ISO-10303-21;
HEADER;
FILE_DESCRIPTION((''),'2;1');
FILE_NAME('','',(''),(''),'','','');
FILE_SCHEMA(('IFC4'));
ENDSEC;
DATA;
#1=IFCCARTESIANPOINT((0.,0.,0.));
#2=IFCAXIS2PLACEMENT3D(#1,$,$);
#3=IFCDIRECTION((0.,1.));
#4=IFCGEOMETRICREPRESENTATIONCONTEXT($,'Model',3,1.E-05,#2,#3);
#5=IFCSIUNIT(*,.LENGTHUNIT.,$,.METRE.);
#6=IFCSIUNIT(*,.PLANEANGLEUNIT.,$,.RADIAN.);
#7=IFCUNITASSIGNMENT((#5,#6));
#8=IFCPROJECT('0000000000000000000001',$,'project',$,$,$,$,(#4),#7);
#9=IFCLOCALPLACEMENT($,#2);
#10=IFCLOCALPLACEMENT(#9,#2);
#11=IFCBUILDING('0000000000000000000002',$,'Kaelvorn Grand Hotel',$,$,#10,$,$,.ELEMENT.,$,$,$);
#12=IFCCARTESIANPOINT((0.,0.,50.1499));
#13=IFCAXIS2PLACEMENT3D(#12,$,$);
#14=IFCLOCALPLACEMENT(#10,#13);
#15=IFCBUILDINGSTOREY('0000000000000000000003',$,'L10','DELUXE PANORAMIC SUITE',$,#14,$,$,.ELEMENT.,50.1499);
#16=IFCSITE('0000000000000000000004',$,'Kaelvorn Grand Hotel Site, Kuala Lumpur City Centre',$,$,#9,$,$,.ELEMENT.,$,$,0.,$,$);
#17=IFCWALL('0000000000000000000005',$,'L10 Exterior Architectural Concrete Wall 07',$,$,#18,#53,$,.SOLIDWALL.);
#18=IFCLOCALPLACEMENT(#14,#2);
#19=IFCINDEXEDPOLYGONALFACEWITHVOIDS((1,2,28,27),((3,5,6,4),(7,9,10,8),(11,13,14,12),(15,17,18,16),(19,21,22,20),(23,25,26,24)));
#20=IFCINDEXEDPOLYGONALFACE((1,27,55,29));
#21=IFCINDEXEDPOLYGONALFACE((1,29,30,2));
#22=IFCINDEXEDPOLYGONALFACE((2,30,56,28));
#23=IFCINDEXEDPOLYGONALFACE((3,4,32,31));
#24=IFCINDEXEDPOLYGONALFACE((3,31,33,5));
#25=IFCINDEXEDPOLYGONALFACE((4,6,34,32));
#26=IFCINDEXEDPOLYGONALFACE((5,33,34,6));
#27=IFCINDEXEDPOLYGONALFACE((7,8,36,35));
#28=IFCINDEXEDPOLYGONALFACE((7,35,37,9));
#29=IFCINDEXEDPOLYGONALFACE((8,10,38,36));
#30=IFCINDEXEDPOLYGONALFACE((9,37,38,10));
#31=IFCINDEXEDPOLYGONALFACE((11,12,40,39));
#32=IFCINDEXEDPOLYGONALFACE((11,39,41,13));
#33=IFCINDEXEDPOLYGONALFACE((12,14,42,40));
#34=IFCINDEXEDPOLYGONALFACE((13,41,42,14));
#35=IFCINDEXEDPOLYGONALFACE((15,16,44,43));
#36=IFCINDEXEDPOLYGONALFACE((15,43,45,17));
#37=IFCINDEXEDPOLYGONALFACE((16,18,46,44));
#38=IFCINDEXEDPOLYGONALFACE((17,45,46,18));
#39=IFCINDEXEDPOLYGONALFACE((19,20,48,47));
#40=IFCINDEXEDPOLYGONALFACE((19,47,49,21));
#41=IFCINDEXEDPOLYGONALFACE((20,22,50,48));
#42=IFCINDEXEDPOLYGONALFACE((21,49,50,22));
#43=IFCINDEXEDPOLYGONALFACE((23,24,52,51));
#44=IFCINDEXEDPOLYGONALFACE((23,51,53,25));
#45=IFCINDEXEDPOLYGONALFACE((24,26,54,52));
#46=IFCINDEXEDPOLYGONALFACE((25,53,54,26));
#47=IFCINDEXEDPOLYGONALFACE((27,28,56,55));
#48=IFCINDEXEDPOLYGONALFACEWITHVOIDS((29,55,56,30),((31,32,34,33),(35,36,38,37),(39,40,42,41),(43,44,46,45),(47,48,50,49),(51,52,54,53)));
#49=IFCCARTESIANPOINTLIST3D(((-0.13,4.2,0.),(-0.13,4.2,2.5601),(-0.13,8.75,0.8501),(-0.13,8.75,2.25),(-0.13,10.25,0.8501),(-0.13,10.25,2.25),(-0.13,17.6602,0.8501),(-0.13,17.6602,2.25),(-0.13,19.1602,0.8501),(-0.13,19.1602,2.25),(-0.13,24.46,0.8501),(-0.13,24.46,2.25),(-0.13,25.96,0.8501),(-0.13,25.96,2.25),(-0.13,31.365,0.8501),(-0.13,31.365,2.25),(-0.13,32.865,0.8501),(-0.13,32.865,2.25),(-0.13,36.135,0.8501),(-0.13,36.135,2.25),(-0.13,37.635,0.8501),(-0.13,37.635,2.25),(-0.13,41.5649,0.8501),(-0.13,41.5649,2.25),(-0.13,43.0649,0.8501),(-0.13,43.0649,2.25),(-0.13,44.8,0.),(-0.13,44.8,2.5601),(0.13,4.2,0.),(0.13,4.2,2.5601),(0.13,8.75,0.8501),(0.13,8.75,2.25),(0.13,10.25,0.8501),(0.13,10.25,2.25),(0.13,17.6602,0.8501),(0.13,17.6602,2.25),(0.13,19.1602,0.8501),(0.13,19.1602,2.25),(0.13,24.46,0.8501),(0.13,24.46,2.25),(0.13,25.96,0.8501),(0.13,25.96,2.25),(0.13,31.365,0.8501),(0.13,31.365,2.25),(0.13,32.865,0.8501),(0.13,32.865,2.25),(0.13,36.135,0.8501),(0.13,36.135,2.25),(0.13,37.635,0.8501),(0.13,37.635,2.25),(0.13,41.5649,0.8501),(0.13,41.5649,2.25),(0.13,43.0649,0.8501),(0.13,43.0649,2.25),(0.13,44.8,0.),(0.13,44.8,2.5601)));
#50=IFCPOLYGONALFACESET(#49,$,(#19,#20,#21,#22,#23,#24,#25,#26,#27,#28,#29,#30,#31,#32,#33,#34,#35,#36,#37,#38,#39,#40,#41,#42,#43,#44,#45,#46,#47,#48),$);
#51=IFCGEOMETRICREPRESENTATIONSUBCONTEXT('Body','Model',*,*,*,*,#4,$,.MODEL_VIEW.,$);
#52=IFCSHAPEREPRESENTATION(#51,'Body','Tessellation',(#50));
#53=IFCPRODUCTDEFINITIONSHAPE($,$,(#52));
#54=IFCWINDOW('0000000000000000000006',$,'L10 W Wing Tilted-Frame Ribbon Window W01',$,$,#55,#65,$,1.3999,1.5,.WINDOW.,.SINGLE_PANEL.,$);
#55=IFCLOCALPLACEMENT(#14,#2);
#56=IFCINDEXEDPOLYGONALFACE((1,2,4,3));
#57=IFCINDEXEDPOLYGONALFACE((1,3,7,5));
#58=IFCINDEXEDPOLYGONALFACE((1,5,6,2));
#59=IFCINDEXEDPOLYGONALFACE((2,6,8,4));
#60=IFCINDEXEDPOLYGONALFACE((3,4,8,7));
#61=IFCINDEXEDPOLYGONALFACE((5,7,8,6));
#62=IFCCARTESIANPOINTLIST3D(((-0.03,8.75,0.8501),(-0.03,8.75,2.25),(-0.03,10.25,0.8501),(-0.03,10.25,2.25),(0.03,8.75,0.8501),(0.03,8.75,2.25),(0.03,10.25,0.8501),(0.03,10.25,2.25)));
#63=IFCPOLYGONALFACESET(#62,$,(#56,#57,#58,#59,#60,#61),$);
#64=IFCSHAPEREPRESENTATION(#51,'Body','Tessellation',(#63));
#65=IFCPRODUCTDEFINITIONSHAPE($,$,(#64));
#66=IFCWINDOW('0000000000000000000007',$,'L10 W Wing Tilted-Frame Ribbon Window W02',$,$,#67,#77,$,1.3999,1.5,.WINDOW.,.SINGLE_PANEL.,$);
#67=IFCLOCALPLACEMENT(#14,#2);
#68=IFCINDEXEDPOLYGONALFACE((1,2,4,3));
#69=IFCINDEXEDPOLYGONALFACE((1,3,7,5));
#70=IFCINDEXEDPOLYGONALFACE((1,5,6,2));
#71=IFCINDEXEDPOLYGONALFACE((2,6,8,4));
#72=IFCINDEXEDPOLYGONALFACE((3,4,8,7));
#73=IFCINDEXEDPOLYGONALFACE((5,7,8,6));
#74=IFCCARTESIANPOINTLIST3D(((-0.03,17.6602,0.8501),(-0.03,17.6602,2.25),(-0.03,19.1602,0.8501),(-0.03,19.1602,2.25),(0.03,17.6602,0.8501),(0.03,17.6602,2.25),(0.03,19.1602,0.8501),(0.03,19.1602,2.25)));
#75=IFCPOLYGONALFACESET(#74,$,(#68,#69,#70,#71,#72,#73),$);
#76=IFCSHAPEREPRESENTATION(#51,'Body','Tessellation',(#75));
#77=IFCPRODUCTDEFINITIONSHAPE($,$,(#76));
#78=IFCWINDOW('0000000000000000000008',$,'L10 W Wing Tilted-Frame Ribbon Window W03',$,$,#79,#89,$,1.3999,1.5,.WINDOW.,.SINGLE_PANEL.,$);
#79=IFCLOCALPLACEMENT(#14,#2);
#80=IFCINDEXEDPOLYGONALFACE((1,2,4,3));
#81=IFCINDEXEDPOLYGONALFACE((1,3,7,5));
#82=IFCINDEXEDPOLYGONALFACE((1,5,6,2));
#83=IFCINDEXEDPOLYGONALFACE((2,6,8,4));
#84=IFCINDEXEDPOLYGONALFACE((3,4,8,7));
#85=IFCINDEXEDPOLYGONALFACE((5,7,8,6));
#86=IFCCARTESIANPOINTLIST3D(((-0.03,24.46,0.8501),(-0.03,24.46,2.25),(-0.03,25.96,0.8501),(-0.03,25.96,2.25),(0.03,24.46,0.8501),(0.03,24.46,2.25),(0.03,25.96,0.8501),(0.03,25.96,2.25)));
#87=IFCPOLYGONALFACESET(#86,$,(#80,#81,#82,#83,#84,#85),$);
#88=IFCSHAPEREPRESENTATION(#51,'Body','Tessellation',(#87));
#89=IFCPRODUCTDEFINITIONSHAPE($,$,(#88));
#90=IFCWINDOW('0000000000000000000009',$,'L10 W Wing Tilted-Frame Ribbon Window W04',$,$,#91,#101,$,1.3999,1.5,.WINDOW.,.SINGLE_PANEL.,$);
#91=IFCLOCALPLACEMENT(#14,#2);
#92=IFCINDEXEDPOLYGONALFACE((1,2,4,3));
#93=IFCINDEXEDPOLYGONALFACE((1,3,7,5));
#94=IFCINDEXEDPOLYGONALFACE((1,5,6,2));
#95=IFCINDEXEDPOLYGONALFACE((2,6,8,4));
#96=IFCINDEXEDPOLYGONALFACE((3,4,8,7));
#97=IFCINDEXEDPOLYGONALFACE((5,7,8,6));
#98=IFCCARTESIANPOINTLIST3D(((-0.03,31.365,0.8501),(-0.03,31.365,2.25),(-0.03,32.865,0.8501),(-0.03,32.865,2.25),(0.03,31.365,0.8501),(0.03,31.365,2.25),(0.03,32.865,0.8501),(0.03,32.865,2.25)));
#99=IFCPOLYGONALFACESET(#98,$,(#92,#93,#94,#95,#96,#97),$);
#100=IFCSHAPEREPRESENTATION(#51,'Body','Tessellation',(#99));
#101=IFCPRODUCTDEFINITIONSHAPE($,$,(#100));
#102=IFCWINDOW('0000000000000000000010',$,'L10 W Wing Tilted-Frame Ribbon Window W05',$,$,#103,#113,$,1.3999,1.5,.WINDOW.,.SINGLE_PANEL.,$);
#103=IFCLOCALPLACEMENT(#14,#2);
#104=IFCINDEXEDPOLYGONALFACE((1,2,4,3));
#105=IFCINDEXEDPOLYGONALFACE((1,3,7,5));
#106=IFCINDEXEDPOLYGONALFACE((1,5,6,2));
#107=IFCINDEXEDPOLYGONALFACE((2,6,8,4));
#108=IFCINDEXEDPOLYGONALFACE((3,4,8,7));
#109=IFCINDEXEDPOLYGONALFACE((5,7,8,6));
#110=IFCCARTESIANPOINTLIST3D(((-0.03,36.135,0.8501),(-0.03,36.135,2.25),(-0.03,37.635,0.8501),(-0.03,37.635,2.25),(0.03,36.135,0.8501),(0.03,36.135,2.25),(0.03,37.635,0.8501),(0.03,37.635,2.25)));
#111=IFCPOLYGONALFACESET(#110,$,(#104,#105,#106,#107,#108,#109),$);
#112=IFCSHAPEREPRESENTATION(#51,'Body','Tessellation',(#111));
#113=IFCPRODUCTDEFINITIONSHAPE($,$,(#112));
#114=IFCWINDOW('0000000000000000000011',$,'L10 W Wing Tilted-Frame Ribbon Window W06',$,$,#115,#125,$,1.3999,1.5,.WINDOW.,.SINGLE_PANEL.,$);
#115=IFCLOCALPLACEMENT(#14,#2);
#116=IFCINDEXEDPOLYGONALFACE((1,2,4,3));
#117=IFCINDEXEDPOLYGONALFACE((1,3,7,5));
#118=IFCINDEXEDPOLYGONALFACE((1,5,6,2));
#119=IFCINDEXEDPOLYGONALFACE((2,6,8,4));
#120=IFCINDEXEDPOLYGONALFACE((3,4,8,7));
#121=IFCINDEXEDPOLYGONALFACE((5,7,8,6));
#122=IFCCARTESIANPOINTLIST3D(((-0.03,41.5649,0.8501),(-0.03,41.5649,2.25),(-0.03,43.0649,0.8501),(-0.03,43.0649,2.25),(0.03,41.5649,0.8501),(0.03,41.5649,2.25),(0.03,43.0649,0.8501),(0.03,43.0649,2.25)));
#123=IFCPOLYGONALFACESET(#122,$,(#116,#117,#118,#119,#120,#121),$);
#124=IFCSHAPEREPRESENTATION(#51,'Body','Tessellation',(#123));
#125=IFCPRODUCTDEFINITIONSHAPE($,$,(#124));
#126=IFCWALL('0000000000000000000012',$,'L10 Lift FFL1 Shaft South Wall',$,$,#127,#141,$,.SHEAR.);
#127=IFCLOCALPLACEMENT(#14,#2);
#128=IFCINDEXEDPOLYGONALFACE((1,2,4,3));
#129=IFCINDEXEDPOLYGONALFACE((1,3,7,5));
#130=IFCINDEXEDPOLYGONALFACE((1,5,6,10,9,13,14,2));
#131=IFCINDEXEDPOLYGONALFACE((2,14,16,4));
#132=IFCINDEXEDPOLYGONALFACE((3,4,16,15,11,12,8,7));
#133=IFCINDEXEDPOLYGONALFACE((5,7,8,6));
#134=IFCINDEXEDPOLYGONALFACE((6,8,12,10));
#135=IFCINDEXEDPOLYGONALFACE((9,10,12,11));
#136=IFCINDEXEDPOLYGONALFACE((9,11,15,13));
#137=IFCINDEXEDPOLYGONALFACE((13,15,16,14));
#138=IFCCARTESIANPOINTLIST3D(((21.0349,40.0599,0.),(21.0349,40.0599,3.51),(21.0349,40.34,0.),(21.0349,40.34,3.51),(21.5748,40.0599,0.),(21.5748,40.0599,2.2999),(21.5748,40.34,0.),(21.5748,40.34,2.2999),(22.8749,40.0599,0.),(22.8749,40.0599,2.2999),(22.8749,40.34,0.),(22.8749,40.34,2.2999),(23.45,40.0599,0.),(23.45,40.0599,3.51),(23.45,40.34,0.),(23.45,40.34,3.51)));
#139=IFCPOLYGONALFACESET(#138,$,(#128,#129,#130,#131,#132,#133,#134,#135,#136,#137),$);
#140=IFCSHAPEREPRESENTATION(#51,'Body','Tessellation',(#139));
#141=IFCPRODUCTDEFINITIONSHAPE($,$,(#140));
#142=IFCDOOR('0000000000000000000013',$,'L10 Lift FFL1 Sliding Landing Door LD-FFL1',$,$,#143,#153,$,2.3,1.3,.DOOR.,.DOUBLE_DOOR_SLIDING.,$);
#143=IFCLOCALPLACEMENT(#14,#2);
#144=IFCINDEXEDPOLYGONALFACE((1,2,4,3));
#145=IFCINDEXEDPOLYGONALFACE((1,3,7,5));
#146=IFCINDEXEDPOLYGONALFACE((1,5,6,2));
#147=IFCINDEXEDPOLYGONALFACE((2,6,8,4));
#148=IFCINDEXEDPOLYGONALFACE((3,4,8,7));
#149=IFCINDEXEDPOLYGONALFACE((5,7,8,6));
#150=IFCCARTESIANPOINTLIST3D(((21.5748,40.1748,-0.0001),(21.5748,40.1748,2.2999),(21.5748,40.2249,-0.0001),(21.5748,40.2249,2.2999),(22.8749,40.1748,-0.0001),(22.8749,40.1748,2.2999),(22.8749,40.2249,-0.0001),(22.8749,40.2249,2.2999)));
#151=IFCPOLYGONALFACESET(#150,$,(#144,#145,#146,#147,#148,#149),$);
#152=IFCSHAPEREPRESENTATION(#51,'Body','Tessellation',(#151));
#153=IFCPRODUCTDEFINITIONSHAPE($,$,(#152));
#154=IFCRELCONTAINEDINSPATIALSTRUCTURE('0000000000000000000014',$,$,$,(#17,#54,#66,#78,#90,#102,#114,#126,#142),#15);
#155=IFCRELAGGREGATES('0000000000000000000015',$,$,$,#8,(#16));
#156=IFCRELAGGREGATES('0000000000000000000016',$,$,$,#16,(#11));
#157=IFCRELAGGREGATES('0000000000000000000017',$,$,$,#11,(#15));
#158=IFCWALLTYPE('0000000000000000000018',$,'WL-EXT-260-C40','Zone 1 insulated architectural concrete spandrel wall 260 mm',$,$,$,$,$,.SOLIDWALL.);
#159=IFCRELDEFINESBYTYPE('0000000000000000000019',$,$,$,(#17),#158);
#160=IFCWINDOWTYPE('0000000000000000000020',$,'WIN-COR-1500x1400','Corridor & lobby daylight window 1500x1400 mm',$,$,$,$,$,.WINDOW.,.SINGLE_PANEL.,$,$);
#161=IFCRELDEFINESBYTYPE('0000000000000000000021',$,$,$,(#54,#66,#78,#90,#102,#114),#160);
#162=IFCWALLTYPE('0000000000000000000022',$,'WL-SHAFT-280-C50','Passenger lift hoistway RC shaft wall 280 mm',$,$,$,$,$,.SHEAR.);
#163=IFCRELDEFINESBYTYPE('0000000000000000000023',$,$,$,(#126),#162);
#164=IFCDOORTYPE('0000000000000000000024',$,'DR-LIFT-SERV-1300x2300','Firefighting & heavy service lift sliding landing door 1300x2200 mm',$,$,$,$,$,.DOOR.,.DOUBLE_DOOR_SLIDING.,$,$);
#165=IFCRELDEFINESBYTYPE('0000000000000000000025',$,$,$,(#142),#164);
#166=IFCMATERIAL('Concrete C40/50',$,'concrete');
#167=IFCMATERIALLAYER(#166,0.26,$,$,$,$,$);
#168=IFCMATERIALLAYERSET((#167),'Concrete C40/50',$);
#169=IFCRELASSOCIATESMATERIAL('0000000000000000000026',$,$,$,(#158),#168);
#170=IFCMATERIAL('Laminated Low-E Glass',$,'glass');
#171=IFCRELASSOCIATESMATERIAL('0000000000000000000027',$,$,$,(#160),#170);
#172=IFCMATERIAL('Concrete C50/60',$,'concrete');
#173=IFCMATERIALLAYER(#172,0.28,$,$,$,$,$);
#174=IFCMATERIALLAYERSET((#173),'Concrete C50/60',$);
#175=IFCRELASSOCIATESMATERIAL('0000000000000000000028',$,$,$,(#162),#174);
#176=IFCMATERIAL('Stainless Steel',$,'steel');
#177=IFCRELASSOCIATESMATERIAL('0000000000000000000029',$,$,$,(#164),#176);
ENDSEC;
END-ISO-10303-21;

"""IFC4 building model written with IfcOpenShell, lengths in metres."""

from ifc_helpers import new_model, si_unit, direction, frame, frame_2d, origin, place, context, subcontext, project, spatial, rectangle, extrude, material, layer, layer_set, type_object, element, fill, save


model = new_model("IFC4")

# Units and contexts
model_context = context("Model", 3, precision=1e-05, world=origin(), true_north=direction((0.0, 1.0)))
body_context = subcontext(model_context, "Body", "Model", "MODEL_VIEW")
ifc_project = project(units=[si_unit("LENGTHUNIT", "METRE"), si_unit("PLANEANGLEUNIT", "RADIAN")], contexts=[model_context])

# Site, building, storey
site_placement = place(None, origin())
site = spatial("IfcSite", under=ifc_project, at=site_placement, Name="Kaelvorn Grand Hotel Site, Kuala Lumpur City Centre", CompositionType="ELEMENT", RefElevation=0.0)
building_placement = place(site_placement, origin())
building = spatial("IfcBuilding", under=site, at=building_placement, Name="Kaelvorn Grand Hotel", CompositionType="ELEMENT")
storey_placement = place(building_placement, frame((0.0, 0.0, 50.1499)))
storey = spatial("IfcBuildingStorey", under=building, at=storey_placement, Name="L10", Description="DELUXE PANORAMIC SUITE", CompositionType="ELEMENT", Elevation=50.1499)

# Shared definitions
ifc_material_1 = material(Name="Concrete C40/50", Category="concrete")
ifc_layer_1 = layer(ifc_material_1, 0.26)
ifc_layer_set_1 = layer_set([ifc_layer_1], Name="Concrete C40/50")
wall_type_1 = type_object("IfcWallType", Name="WL-EXT-260-C40", Description="Zone 1 insulated architectural concrete spandrel wall 260 mm", PredefinedType="SOLIDWALL", material=ifc_layer_set_1)

# Wall, openings, windows
wall_1_placement = place(storey_placement, frame((0.0, 44.8, 0.0), z_axis=(0.0, 0.0, 1.0), x_axis=(0.0, -1.0, 0.0)))
wall_1 = element("IfcWall", 1, at=wall_1_placement, inside=storey, type_object=wall_type_1, Name="L10 Exterior Architectural Concrete Wall 07", PredefinedType="SOLIDWALL", context=body_context, shape_type="SweptSolid", body=[
    extrude(rectangle(XDim=40.6001, YDim=0.26, at=frame_2d((20.3, 0.0))), origin(), (0.0, 0.0, 1.0), 2.5601),
])
opening_1_placement = place(wall_1_placement, frame((34.55, 0.0, 0.8501)))
opening_1 = element("IfcOpeningElement", 2, at=opening_1_placement, cuts=wall_1, PredefinedType="OPENING", context=body_context, shape_type="SweptSolid", body=[
    extrude(rectangle(XDim=1.5, YDim=1.3999, at=frame_2d((0.75, 0.7))), frame((0.0, 0.1401, 0.0), z_axis=(0.0, -1.0, 0.0), x_axis=(1.0, 0.0, 0.0)), (0.0, 0.0, 1.0), 0.28),
])
opening_2_placement = place(wall_1_placement, frame((25.6399, 0.0, 0.8501)))
opening_2 = element("IfcOpeningElement", 3, at=opening_2_placement, cuts=wall_1, PredefinedType="OPENING", context=body_context, shape_type="SweptSolid", body=[
    extrude(rectangle(XDim=1.5, YDim=1.3999, at=frame_2d((0.75, 0.7))), frame((0.0, 0.1401, 0.0), z_axis=(0.0, -1.0, 0.0), x_axis=(1.0, 0.0, 0.0)), (0.0, 0.0, 1.0), 0.28),
])
opening_3_placement = place(wall_1_placement, frame((18.8401, 0.0, 0.8501)))
opening_3 = element("IfcOpeningElement", 4, at=opening_3_placement, cuts=wall_1, PredefinedType="OPENING", context=body_context, shape_type="SweptSolid", body=[
    extrude(rectangle(XDim=1.5, YDim=1.3999, at=frame_2d((0.75, 0.7))), frame((0.0, 0.1401, 0.0), z_axis=(0.0, -1.0, 0.0), x_axis=(1.0, 0.0, 0.0)), (0.0, 0.0, 1.0), 0.28),
])
opening_4_placement = place(wall_1_placement, frame((11.9351, 0.0, 0.8501)))
opening_4 = element("IfcOpeningElement", 5, at=opening_4_placement, cuts=wall_1, PredefinedType="OPENING", context=body_context, shape_type="SweptSolid", body=[
    extrude(rectangle(XDim=1.5, YDim=1.3999, at=frame_2d((0.75, 0.7))), frame((0.0, 0.1401, 0.0), z_axis=(0.0, -1.0, 0.0), x_axis=(1.0, 0.0, 0.0)), (0.0, 0.0, 1.0), 0.28),
])
opening_5_placement = place(wall_1_placement, frame((7.165, 0.0, 0.8501)))
opening_5 = element("IfcOpeningElement", 6, at=opening_5_placement, cuts=wall_1, PredefinedType="OPENING", context=body_context, shape_type="SweptSolid", body=[
    extrude(rectangle(XDim=1.5, YDim=1.3999, at=frame_2d((0.75, 0.7))), frame((0.0, 0.1401, 0.0), z_axis=(0.0, -1.0, 0.0), x_axis=(1.0, 0.0, 0.0)), (0.0, 0.0, 1.0), 0.28),
])
opening_6_placement = place(wall_1_placement, frame((1.7351, 0.0, 0.8501)))
opening_6 = element("IfcOpeningElement", 7, at=opening_6_placement, cuts=wall_1, PredefinedType="OPENING", context=body_context, shape_type="SweptSolid", body=[
    extrude(rectangle(XDim=1.5, YDim=1.3999, at=frame_2d((0.75, 0.7))), frame((0.0, 0.1401, 0.0), z_axis=(0.0, -1.0, 0.0), x_axis=(1.0, 0.0, 0.0)), (0.0, 0.0, 1.0), 0.28),
])
ifc_material_2 = material(Name="Laminated Low-E Glass", Category="glass")
window_type = type_object("IfcWindowType", Name="WIN-COR-1500x1400", Description="Corridor & lobby daylight window 1500x1400 mm", PartitioningType="SINGLE_PANEL", PredefinedType="WINDOW", material=ifc_material_2)
window_1_placement = place(opening_1_placement, origin())
window_1 = element("IfcWindow", 8, at=window_1_placement, inside=storey, type_object=window_type, Name="L10 W Wing Tilted-Frame Ribbon Window W01", OverallHeight=1.3999, OverallWidth=1.5, PartitioningType="SINGLE_PANEL", PredefinedType="WINDOW", context=body_context, shape_type="SweptSolid", body=[
    extrude(rectangle(XDim=1.5, YDim=1.3999, at=frame_2d((0.75, 0.7))), frame((0.0, 0.03, 0.0), z_axis=(0.0, -1.0, 0.0), x_axis=(1.0, 0.0, 0.0)), (0.0, 0.0, 1.0), 0.0601),
])
fill(opening_1, window_1)
window_2_placement = place(opening_2_placement, origin())
window_2 = element("IfcWindow", 9, at=window_2_placement, inside=storey, type_object=window_type, Name="L10 W Wing Tilted-Frame Ribbon Window W02", OverallHeight=1.3999, OverallWidth=1.5, PartitioningType="SINGLE_PANEL", PredefinedType="WINDOW", context=body_context, shape_type="SweptSolid", body=[
    extrude(rectangle(XDim=1.5, YDim=1.3999, at=frame_2d((0.75, 0.7))), frame((0.0, 0.03, 0.0), z_axis=(0.0, -1.0, 0.0), x_axis=(1.0, 0.0, 0.0)), (0.0, 0.0, 1.0), 0.0601),
])
fill(opening_2, window_2)
window_3_placement = place(opening_3_placement, origin())
window_3 = element("IfcWindow", 10, at=window_3_placement, inside=storey, type_object=window_type, Name="L10 W Wing Tilted-Frame Ribbon Window W03", OverallHeight=1.3999, OverallWidth=1.5, PartitioningType="SINGLE_PANEL", PredefinedType="WINDOW", context=body_context, shape_type="SweptSolid", body=[
    extrude(rectangle(XDim=1.5, YDim=1.3999, at=frame_2d((0.75, 0.7))), frame((0.0, 0.03, 0.0), z_axis=(0.0, -1.0, 0.0), x_axis=(1.0, 0.0, 0.0)), (0.0, 0.0, 1.0), 0.0601),
])
fill(opening_3, window_3)
window_4_placement = place(opening_4_placement, origin())
window_4 = element("IfcWindow", 11, at=window_4_placement, inside=storey, type_object=window_type, Name="L10 W Wing Tilted-Frame Ribbon Window W04", OverallHeight=1.3999, OverallWidth=1.5, PartitioningType="SINGLE_PANEL", PredefinedType="WINDOW", context=body_context, shape_type="SweptSolid", body=[
    extrude(rectangle(XDim=1.5, YDim=1.3999, at=frame_2d((0.75, 0.7))), frame((0.0, 0.03, 0.0), z_axis=(0.0, -1.0, 0.0), x_axis=(1.0, 0.0, 0.0)), (0.0, 0.0, 1.0), 0.0601),
])
fill(opening_4, window_4)
window_5_placement = place(opening_5_placement, origin())
window_5 = element("IfcWindow", 12, at=window_5_placement, inside=storey, type_object=window_type, Name="L10 W Wing Tilted-Frame Ribbon Window W05", OverallHeight=1.3999, OverallWidth=1.5, PartitioningType="SINGLE_PANEL", PredefinedType="WINDOW", context=body_context, shape_type="SweptSolid", body=[
    extrude(rectangle(XDim=1.5, YDim=1.3999, at=frame_2d((0.75, 0.7))), frame((0.0, 0.03, 0.0), z_axis=(0.0, -1.0, 0.0), x_axis=(1.0, 0.0, 0.0)), (0.0, 0.0, 1.0), 0.0601),
])
fill(opening_5, window_5)
window_6_placement = place(opening_6_placement, origin())
window_6 = element("IfcWindow", 13, at=window_6_placement, inside=storey, type_object=window_type, Name="L10 W Wing Tilted-Frame Ribbon Window W06", OverallHeight=1.3999, OverallWidth=1.5, PartitioningType="SINGLE_PANEL", PredefinedType="WINDOW", context=body_context, shape_type="SweptSolid", body=[
    extrude(rectangle(XDim=1.5, YDim=1.3999, at=frame_2d((0.75, 0.7))), frame((0.0, 0.03, 0.0), z_axis=(0.0, -1.0, 0.0), x_axis=(1.0, 0.0, 0.0)), (0.0, 0.0, 1.0), 0.0601),
])
fill(opening_6, window_6)

# Wall, opening, door
ifc_material_3 = material(Name="Concrete C50/60", Category="concrete")
ifc_layer_2 = layer(ifc_material_3, 0.28)
ifc_layer_set_2 = layer_set([ifc_layer_2], Name="Concrete C50/60")
wall_type_2 = type_object("IfcWallType", Name="WL-SHAFT-280-C50", Description="Passenger lift hoistway RC shaft wall 280 mm", PredefinedType="SHEAR", material=ifc_layer_set_2)
wall_2_placement = place(storey_placement, frame((21.0349, 40.2, 0.0), z_axis=(0.0, 0.0, 1.0), x_axis=(1.0, 0.0, 0.0)))
wall_2 = element("IfcWall", 14, at=wall_2_placement, inside=storey, type_object=wall_type_2, Name="L10 Lift FFL1 Shaft South Wall", PredefinedType="SHEAR", context=body_context, shape_type="SweptSolid", body=[
    extrude(rectangle(XDim=2.415, YDim=0.28, at=frame_2d((1.2075, 0.0))), origin(), (0.0, 0.0, 1.0), 3.51),
])
opening_7_placement = place(wall_2_placement, frame((0.54, 0.0, 0.0)))
opening_7 = element("IfcOpeningElement", 15, at=opening_7_placement, cuts=wall_2, PredefinedType="OPENING", context=body_context, shape_type="SweptSolid", body=[
    extrude(rectangle(XDim=1.3, YDim=2.3, at=frame_2d((0.6499, 1.1499))), frame((0.0, 0.1499, 0.0), z_axis=(0.0, -1.0, 0.0), x_axis=(1.0, 0.0, 0.0)), (0.0, 0.0, 1.0), 0.3),
])
ifc_material_4 = material(Name="Stainless Steel", Category="steel")
door_type = type_object("IfcDoorType", Name="DR-LIFT-SERV-1300x2300", Description="Firefighting & heavy service lift sliding landing door 1300x2200 mm", OperationType="DOUBLE_DOOR_SLIDING", PredefinedType="DOOR", material=ifc_material_4)
door_placement = place(opening_7_placement, origin())
door = element("IfcDoor", 16, at=door_placement, inside=storey, type_object=door_type, Name="L10 Lift FFL1 Sliding Landing Door LD-FFL1", OperationType="DOUBLE_DOOR_SLIDING", OverallHeight=2.3, OverallWidth=1.3, PredefinedType="DOOR", context=body_context, shape_type="SweptSolid", body=[
    extrude(rectangle(XDim=1.3, YDim=2.3, at=frame_2d((0.6499, 1.1499))), frame((0.0, 0.0249, 0.0), z_axis=(0.0, -1.0, 0.0), x_axis=(1.0, 0.0, 0.0)), (0.0, 0.0, 1.0), 0.05),
])
fill(opening_7, door)

save(model, "model.ifc")
